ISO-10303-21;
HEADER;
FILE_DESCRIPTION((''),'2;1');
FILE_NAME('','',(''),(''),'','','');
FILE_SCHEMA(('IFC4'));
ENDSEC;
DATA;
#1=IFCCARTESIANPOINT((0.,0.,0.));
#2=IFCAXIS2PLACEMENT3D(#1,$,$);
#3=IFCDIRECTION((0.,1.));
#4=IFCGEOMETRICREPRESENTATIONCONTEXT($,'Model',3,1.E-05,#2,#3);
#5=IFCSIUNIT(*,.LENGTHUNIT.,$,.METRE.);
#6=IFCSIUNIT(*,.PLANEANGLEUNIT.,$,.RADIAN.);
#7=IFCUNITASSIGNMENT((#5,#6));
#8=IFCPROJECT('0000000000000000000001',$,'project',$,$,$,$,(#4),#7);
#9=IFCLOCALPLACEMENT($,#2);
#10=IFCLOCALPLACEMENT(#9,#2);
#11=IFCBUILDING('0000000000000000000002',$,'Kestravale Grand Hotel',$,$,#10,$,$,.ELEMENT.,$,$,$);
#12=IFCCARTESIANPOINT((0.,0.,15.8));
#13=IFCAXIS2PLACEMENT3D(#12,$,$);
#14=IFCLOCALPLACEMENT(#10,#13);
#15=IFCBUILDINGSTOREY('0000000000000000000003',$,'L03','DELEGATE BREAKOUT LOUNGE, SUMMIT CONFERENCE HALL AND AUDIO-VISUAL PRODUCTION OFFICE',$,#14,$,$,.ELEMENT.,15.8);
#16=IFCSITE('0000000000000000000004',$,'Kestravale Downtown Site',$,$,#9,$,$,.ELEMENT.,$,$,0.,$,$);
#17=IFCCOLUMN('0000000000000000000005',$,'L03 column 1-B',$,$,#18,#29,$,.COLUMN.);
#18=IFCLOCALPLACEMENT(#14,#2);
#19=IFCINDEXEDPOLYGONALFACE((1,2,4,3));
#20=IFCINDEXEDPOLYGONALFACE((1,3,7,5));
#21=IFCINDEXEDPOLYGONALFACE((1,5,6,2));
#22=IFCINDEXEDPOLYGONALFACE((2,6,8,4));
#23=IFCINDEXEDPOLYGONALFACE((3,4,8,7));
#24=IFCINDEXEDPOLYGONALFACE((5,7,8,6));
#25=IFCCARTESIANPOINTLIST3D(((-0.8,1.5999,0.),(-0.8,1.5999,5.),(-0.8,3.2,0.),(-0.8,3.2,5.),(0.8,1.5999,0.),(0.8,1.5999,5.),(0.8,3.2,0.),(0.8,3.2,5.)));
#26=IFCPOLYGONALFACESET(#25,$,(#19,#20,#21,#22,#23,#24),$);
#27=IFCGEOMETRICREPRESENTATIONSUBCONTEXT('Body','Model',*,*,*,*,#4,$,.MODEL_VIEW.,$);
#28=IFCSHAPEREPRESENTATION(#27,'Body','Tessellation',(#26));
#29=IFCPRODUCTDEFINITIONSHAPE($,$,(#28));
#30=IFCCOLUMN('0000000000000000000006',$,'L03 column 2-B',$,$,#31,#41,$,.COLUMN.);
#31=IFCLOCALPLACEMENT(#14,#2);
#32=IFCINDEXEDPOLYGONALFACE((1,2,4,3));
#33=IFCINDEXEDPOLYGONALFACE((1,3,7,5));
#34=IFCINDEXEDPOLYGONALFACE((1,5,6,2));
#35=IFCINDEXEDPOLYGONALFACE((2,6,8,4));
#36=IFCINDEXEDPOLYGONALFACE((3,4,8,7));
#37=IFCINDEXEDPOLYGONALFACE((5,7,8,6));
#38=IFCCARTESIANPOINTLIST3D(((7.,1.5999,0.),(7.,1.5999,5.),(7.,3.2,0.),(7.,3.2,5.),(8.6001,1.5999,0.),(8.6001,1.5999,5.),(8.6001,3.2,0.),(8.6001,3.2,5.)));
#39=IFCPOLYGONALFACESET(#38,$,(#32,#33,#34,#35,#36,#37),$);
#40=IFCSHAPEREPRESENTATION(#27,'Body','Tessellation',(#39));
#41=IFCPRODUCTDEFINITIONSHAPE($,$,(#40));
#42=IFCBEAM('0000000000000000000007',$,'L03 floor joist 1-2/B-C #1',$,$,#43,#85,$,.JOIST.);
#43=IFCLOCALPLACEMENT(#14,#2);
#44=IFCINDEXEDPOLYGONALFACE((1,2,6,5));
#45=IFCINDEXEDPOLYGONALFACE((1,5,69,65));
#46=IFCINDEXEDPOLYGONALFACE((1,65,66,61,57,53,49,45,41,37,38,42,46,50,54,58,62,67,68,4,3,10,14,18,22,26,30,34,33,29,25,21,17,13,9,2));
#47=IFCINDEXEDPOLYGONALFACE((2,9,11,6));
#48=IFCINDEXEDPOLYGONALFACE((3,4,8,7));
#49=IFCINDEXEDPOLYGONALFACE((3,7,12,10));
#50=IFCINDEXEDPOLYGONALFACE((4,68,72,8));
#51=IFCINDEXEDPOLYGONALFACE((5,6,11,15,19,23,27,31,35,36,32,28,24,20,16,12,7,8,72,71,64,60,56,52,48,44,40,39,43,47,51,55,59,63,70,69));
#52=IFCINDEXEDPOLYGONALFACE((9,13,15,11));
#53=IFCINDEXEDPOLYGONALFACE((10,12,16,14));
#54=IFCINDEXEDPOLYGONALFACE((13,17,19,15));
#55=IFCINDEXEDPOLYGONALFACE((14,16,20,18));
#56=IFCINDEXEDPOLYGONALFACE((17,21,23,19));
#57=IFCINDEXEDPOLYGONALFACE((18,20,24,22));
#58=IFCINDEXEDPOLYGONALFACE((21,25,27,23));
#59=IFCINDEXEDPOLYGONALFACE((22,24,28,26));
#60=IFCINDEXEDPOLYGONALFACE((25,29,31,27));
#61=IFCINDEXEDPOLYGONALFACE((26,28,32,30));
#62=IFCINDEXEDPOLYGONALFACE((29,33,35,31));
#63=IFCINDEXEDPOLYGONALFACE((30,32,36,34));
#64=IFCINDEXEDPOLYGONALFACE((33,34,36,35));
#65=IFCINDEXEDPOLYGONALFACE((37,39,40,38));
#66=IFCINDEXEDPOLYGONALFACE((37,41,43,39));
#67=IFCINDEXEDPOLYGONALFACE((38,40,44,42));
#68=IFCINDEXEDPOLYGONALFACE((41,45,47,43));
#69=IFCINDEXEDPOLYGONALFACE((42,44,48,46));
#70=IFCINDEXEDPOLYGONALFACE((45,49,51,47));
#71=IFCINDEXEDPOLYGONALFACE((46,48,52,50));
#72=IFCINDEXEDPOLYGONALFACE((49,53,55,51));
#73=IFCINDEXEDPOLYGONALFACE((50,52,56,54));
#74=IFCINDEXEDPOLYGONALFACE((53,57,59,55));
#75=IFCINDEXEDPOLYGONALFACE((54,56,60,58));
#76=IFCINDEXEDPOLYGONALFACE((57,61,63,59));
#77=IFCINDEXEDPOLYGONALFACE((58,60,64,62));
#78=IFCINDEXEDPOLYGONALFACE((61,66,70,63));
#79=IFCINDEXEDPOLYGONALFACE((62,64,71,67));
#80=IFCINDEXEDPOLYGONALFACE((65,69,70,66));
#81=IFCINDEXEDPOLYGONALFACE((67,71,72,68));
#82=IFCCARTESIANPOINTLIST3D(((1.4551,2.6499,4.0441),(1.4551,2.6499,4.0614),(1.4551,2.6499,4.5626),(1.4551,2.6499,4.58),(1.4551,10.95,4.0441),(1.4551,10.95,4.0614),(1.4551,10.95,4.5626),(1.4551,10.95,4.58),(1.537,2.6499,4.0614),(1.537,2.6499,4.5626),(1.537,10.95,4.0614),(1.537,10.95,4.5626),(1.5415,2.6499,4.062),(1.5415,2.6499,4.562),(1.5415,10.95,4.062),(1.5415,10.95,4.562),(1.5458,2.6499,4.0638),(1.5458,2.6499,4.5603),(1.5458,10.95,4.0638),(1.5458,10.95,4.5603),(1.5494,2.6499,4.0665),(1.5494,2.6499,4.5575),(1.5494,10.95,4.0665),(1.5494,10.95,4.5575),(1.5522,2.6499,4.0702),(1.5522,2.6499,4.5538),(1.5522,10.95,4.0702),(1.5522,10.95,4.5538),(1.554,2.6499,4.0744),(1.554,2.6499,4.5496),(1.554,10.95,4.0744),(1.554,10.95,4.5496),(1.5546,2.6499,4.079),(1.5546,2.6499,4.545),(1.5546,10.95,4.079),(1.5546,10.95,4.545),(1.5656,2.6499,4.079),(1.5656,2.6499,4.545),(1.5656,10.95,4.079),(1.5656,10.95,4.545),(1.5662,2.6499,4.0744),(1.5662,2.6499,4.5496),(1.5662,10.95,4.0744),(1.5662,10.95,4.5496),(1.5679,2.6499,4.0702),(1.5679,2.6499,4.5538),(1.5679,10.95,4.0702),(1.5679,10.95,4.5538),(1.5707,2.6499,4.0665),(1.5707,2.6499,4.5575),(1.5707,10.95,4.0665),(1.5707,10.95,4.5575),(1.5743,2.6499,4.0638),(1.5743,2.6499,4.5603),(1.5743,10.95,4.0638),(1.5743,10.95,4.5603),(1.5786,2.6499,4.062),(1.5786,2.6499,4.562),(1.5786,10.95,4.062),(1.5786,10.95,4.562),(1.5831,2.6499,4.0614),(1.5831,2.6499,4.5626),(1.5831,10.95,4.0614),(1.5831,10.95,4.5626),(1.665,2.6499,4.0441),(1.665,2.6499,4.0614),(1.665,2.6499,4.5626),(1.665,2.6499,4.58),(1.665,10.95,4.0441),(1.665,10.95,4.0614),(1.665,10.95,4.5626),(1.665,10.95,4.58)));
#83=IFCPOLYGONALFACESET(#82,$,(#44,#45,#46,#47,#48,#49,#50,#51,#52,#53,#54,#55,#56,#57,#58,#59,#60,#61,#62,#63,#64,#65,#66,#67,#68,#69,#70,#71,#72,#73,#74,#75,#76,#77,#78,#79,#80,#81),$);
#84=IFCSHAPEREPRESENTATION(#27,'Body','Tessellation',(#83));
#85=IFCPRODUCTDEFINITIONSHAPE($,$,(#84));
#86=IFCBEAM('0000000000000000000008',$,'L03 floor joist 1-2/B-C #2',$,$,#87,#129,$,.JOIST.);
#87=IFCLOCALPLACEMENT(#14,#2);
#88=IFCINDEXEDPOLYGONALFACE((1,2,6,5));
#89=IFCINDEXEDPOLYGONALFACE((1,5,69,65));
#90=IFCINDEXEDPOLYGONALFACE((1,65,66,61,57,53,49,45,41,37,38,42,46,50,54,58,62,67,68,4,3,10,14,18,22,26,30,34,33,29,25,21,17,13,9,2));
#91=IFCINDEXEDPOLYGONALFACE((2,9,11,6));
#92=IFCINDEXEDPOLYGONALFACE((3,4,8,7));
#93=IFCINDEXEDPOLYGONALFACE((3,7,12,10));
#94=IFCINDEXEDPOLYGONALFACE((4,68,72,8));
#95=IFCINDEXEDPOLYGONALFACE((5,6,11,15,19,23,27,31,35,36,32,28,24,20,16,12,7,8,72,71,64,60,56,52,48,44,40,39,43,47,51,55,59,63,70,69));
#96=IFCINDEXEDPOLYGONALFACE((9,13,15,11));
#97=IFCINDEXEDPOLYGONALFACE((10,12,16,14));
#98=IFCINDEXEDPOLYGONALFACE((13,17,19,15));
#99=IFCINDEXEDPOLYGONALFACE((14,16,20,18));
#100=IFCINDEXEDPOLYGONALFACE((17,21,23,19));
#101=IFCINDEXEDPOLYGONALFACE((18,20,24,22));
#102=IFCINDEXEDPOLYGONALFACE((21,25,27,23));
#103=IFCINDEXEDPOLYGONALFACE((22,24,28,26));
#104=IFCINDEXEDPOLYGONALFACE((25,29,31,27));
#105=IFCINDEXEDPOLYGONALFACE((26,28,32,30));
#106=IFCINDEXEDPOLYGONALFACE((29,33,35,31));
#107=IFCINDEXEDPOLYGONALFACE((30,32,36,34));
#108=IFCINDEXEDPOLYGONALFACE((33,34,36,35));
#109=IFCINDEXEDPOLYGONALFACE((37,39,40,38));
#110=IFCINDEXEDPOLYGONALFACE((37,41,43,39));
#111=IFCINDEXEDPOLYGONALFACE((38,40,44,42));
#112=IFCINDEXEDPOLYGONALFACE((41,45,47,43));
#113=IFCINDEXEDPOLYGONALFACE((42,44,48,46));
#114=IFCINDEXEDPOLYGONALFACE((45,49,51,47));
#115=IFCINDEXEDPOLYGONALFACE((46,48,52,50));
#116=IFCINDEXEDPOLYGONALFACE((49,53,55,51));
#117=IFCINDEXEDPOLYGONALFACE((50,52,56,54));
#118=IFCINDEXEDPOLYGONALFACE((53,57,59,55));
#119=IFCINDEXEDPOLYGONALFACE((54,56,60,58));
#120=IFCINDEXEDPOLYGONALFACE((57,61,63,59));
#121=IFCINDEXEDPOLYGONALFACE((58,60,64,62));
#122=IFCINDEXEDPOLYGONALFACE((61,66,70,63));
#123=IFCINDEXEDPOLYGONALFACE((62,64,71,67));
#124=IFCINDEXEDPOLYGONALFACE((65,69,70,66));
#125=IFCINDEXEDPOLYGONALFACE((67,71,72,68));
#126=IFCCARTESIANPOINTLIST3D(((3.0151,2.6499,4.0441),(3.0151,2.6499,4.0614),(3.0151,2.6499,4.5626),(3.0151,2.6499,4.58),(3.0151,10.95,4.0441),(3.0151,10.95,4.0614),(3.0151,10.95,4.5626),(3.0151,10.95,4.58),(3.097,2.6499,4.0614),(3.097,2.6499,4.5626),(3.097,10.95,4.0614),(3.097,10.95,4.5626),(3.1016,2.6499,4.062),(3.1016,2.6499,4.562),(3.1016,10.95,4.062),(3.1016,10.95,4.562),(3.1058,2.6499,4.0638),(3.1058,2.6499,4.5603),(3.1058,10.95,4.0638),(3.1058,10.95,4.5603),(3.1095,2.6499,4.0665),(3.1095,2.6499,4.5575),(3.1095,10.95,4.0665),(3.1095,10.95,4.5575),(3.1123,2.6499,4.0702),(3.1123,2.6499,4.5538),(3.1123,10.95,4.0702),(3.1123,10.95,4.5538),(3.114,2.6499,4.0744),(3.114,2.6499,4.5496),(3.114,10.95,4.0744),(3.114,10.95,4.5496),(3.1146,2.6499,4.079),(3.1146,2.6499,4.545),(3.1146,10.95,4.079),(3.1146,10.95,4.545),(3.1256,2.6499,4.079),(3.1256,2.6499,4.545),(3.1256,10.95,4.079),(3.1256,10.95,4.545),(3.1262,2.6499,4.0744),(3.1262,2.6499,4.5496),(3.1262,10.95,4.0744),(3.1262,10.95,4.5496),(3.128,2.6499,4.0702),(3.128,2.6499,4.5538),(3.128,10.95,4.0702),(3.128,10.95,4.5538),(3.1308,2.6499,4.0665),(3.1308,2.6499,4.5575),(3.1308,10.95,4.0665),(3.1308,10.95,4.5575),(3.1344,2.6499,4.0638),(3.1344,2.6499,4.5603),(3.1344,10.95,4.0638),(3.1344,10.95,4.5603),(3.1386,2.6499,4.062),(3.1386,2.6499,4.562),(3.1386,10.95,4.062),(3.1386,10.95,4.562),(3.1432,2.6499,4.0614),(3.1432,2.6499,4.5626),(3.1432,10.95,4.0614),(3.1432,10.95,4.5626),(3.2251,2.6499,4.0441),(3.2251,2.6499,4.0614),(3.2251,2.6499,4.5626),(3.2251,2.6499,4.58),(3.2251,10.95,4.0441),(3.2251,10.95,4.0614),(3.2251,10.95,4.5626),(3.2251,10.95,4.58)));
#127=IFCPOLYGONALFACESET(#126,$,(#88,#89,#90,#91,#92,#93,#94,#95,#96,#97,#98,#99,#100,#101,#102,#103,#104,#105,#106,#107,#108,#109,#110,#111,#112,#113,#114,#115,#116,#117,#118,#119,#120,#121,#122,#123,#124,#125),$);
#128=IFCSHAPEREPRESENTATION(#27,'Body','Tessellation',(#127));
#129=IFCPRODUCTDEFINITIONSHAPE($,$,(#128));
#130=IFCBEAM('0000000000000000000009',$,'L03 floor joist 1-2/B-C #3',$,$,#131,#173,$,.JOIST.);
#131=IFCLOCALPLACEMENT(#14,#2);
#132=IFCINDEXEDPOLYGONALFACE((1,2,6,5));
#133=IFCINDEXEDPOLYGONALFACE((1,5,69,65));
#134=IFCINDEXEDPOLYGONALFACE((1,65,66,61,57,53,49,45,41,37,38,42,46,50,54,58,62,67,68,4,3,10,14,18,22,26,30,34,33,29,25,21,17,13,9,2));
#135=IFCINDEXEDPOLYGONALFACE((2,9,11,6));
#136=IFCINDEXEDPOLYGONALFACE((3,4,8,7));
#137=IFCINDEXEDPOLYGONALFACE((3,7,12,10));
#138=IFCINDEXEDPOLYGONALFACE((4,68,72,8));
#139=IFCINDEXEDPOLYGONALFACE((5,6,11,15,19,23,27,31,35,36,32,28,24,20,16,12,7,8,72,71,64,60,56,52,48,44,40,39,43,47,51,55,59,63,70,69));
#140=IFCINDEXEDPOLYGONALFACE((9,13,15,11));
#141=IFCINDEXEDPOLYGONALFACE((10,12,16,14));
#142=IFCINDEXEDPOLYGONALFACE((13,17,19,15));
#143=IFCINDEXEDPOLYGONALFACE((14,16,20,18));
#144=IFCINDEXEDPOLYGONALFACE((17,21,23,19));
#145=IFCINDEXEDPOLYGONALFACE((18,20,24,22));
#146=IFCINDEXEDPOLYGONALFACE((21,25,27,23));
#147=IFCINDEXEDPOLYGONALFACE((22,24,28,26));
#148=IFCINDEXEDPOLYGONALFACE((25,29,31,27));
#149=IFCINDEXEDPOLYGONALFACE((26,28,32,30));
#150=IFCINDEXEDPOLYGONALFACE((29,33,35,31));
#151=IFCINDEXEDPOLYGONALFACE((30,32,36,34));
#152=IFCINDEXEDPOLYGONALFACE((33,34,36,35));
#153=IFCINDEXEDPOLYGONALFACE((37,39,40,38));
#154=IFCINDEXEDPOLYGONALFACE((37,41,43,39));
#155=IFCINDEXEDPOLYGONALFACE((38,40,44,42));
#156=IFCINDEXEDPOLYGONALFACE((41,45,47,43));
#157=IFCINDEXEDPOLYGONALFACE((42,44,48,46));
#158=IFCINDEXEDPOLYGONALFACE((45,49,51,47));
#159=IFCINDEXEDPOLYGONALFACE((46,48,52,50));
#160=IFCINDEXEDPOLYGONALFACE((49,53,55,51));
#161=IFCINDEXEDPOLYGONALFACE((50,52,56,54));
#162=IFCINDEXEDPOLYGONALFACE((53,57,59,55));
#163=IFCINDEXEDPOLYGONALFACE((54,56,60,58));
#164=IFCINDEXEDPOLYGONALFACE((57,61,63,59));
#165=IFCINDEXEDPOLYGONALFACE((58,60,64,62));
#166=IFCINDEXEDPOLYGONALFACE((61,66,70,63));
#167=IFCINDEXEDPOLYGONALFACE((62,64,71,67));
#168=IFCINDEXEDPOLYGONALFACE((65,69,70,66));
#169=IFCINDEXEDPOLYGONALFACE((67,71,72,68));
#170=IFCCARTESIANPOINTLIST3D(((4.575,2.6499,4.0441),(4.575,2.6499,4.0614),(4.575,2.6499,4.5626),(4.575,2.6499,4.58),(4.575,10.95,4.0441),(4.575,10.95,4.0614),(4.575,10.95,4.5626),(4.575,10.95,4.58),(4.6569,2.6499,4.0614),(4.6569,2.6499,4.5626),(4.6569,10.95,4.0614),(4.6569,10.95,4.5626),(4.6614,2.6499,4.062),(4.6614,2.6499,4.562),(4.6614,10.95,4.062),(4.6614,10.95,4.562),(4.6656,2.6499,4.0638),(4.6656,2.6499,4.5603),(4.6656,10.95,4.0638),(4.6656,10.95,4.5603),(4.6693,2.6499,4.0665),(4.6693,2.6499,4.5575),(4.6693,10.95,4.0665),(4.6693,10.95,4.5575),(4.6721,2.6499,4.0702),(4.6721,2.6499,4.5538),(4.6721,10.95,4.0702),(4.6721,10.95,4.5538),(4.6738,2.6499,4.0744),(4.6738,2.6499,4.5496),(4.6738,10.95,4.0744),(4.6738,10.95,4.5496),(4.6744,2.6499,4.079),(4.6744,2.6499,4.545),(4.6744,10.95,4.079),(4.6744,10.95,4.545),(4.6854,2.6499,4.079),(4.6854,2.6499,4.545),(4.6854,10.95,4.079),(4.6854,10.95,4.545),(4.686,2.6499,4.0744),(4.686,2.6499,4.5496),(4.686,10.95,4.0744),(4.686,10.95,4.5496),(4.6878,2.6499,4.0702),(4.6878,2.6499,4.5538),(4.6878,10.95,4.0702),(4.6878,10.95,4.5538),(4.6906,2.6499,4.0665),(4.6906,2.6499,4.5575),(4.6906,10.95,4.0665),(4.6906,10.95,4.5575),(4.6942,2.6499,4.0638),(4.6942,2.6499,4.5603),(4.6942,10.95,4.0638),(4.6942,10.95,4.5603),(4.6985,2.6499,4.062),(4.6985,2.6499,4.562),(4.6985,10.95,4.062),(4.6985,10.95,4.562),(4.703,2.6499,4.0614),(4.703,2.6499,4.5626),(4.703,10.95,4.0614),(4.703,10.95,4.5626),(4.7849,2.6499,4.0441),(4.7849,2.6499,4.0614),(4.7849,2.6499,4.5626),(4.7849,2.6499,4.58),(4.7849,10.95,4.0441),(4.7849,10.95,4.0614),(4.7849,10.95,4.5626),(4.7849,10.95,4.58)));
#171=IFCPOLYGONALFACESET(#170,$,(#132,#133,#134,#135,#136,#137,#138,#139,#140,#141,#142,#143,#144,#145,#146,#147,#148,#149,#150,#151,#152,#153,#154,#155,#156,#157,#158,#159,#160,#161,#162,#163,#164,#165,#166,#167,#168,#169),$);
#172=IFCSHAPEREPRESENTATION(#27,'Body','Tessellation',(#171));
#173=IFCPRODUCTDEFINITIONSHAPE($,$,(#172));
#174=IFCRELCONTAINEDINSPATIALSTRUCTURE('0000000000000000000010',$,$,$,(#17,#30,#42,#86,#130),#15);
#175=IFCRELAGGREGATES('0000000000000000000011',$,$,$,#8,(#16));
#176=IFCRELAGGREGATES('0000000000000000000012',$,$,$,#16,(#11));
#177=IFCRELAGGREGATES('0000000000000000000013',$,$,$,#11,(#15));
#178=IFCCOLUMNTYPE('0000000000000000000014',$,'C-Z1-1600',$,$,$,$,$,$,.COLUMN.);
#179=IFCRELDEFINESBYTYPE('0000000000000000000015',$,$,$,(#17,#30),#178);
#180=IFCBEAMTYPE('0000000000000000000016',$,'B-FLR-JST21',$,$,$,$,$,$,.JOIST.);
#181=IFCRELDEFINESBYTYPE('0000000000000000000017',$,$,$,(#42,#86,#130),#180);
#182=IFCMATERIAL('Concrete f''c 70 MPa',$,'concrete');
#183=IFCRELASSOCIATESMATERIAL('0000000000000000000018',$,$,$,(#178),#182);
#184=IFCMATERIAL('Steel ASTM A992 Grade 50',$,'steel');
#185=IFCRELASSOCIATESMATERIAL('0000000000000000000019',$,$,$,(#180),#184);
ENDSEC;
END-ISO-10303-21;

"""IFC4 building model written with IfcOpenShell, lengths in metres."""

from ifc_helpers import new_model, si_unit, direction, frame, origin, origin_2d, place, context, subcontext, project, spatial, rectangle, i_section, extrude, material, material_profile, profile_set, type_object, element, save


model = new_model("IFC4")

# Units and contexts
model_context = context("Model", 3, precision=1e-05, world=origin(), true_north=direction((0.0, 1.0)))
body_context = subcontext(model_context, "Body", "Model", "MODEL_VIEW")
ifc_project = project(units=[si_unit("LENGTHUNIT", "METRE"), si_unit("PLANEANGLEUNIT", "RADIAN")], contexts=[model_context])

# Site, building, storey
site_placement = place(None, origin())
site = spatial("IfcSite", under=ifc_project, at=site_placement, Name="Kestravale Downtown Site", CompositionType="ELEMENT", RefElevation=0.0)
building_placement = place(site_placement, origin())
building = spatial("IfcBuilding", under=site, at=building_placement, Name="Kestravale Grand Hotel", CompositionType="ELEMENT")
storey_placement = place(building_placement, frame((0.0, 0.0, 15.8)))
storey = spatial("IfcBuildingStorey", under=building, at=storey_placement, Name="L03", Description="DELEGATE BREAKOUT LOUNGE, SUMMIT CONFERENCE HALL AND AUDIO-VISUAL PRODUCTION OFFICE", CompositionType="ELEMENT", Elevation=15.8)

# Columns
ifc_material_1 = material(Name="Concrete f'c 70 MPa", Category="concrete")
ifc_material_profile_1 = material_profile(ifc_material_1, rectangle(XDim=1.6001, YDim=1.6001, at=origin_2d()))
ifc_profile_set_1 = profile_set([ifc_material_profile_1], Name="Concrete f'c 70 MPa")
column_type = type_object("IfcColumnType", Name="C-Z1-1600", PredefinedType="COLUMN", material=ifc_profile_set_1)
for number, where, z_axis, x_axis, name in (
    (1, (0.0, 2.3999, 0.0), (0.0, 0.0, 1.0), (1.0, 0.0, 0.0), "L03 column 1-B"),
    (2, (7.8, 2.3999, 0.0), (0.0, 0.0, 1.0), (1.0, 0.0, 0.0), "L03 column 2-B"),
):
    element("IfcColumn", number, at=place(storey_placement, frame(where, z_axis=z_axis, x_axis=x_axis)), inside=storey, type_object=column_type, Name=name, PredefinedType="COLUMN", context=body_context, shape_type="SweptSolid", body=[
        extrude(rectangle(XDim=1.6001, YDim=1.6001, at=origin_2d()), origin(), (0.0, 0.0, 1.0), 5.0),
    ])

# Beams
ifc_material_2 = material(Name="Steel ASTM A992 Grade 50", Category="steel")
ifc_material_profile_2 = material_profile(ifc_material_2, i_section(OverallWidth=0.21, OverallDepth=0.5359, WebThickness=0.011, FlangeThickness=0.0173, FilletRadius=0.0176, at=origin_2d()))
ifc_profile_set_2 = profile_set([ifc_material_profile_2], Name="Steel ASTM A992 Grade 50")
beam_type_1 = type_object("IfcBeamType", Name="B-FLR-JST21", PredefinedType="JOIST", material=ifc_profile_set_2)
for number, where, z_axis, x_axis, name in (
    (3, (1.5601, 2.6499, 4.312), (0.0, 1.0, 0.0), (-1.0, 0.0, 0.0), "L03 floor joist 1-2/B-C #1"),
    (4, (3.1201, 2.6499, 4.312), (0.0, 1.0, 0.0), (-1.0, 0.0, 0.0), "L03 floor joist 1-2/B-C #2"),
    (5, (4.6799, 2.6499, 4.312), (0.0, 1.0, 0.0), (-1.0, 0.0, 0.0), "L03 floor joist 1-2/B-C #3"),
):
    element("IfcBeam", number, at=place(storey_placement, frame(where, z_axis=z_axis, x_axis=x_axis)), inside=storey, type_object=beam_type_1, Name=name, PredefinedType="JOIST", context=body_context, shape_type="SweptSolid", body=[
        extrude(i_section(OverallWidth=0.21, OverallDepth=0.5359, WebThickness=0.011, FlangeThickness=0.0173, FilletRadius=0.0176, at=origin_2d()), origin(), (0.0, 0.0, 1.0), 8.3),
    ])

save(model, "model.ifc")
